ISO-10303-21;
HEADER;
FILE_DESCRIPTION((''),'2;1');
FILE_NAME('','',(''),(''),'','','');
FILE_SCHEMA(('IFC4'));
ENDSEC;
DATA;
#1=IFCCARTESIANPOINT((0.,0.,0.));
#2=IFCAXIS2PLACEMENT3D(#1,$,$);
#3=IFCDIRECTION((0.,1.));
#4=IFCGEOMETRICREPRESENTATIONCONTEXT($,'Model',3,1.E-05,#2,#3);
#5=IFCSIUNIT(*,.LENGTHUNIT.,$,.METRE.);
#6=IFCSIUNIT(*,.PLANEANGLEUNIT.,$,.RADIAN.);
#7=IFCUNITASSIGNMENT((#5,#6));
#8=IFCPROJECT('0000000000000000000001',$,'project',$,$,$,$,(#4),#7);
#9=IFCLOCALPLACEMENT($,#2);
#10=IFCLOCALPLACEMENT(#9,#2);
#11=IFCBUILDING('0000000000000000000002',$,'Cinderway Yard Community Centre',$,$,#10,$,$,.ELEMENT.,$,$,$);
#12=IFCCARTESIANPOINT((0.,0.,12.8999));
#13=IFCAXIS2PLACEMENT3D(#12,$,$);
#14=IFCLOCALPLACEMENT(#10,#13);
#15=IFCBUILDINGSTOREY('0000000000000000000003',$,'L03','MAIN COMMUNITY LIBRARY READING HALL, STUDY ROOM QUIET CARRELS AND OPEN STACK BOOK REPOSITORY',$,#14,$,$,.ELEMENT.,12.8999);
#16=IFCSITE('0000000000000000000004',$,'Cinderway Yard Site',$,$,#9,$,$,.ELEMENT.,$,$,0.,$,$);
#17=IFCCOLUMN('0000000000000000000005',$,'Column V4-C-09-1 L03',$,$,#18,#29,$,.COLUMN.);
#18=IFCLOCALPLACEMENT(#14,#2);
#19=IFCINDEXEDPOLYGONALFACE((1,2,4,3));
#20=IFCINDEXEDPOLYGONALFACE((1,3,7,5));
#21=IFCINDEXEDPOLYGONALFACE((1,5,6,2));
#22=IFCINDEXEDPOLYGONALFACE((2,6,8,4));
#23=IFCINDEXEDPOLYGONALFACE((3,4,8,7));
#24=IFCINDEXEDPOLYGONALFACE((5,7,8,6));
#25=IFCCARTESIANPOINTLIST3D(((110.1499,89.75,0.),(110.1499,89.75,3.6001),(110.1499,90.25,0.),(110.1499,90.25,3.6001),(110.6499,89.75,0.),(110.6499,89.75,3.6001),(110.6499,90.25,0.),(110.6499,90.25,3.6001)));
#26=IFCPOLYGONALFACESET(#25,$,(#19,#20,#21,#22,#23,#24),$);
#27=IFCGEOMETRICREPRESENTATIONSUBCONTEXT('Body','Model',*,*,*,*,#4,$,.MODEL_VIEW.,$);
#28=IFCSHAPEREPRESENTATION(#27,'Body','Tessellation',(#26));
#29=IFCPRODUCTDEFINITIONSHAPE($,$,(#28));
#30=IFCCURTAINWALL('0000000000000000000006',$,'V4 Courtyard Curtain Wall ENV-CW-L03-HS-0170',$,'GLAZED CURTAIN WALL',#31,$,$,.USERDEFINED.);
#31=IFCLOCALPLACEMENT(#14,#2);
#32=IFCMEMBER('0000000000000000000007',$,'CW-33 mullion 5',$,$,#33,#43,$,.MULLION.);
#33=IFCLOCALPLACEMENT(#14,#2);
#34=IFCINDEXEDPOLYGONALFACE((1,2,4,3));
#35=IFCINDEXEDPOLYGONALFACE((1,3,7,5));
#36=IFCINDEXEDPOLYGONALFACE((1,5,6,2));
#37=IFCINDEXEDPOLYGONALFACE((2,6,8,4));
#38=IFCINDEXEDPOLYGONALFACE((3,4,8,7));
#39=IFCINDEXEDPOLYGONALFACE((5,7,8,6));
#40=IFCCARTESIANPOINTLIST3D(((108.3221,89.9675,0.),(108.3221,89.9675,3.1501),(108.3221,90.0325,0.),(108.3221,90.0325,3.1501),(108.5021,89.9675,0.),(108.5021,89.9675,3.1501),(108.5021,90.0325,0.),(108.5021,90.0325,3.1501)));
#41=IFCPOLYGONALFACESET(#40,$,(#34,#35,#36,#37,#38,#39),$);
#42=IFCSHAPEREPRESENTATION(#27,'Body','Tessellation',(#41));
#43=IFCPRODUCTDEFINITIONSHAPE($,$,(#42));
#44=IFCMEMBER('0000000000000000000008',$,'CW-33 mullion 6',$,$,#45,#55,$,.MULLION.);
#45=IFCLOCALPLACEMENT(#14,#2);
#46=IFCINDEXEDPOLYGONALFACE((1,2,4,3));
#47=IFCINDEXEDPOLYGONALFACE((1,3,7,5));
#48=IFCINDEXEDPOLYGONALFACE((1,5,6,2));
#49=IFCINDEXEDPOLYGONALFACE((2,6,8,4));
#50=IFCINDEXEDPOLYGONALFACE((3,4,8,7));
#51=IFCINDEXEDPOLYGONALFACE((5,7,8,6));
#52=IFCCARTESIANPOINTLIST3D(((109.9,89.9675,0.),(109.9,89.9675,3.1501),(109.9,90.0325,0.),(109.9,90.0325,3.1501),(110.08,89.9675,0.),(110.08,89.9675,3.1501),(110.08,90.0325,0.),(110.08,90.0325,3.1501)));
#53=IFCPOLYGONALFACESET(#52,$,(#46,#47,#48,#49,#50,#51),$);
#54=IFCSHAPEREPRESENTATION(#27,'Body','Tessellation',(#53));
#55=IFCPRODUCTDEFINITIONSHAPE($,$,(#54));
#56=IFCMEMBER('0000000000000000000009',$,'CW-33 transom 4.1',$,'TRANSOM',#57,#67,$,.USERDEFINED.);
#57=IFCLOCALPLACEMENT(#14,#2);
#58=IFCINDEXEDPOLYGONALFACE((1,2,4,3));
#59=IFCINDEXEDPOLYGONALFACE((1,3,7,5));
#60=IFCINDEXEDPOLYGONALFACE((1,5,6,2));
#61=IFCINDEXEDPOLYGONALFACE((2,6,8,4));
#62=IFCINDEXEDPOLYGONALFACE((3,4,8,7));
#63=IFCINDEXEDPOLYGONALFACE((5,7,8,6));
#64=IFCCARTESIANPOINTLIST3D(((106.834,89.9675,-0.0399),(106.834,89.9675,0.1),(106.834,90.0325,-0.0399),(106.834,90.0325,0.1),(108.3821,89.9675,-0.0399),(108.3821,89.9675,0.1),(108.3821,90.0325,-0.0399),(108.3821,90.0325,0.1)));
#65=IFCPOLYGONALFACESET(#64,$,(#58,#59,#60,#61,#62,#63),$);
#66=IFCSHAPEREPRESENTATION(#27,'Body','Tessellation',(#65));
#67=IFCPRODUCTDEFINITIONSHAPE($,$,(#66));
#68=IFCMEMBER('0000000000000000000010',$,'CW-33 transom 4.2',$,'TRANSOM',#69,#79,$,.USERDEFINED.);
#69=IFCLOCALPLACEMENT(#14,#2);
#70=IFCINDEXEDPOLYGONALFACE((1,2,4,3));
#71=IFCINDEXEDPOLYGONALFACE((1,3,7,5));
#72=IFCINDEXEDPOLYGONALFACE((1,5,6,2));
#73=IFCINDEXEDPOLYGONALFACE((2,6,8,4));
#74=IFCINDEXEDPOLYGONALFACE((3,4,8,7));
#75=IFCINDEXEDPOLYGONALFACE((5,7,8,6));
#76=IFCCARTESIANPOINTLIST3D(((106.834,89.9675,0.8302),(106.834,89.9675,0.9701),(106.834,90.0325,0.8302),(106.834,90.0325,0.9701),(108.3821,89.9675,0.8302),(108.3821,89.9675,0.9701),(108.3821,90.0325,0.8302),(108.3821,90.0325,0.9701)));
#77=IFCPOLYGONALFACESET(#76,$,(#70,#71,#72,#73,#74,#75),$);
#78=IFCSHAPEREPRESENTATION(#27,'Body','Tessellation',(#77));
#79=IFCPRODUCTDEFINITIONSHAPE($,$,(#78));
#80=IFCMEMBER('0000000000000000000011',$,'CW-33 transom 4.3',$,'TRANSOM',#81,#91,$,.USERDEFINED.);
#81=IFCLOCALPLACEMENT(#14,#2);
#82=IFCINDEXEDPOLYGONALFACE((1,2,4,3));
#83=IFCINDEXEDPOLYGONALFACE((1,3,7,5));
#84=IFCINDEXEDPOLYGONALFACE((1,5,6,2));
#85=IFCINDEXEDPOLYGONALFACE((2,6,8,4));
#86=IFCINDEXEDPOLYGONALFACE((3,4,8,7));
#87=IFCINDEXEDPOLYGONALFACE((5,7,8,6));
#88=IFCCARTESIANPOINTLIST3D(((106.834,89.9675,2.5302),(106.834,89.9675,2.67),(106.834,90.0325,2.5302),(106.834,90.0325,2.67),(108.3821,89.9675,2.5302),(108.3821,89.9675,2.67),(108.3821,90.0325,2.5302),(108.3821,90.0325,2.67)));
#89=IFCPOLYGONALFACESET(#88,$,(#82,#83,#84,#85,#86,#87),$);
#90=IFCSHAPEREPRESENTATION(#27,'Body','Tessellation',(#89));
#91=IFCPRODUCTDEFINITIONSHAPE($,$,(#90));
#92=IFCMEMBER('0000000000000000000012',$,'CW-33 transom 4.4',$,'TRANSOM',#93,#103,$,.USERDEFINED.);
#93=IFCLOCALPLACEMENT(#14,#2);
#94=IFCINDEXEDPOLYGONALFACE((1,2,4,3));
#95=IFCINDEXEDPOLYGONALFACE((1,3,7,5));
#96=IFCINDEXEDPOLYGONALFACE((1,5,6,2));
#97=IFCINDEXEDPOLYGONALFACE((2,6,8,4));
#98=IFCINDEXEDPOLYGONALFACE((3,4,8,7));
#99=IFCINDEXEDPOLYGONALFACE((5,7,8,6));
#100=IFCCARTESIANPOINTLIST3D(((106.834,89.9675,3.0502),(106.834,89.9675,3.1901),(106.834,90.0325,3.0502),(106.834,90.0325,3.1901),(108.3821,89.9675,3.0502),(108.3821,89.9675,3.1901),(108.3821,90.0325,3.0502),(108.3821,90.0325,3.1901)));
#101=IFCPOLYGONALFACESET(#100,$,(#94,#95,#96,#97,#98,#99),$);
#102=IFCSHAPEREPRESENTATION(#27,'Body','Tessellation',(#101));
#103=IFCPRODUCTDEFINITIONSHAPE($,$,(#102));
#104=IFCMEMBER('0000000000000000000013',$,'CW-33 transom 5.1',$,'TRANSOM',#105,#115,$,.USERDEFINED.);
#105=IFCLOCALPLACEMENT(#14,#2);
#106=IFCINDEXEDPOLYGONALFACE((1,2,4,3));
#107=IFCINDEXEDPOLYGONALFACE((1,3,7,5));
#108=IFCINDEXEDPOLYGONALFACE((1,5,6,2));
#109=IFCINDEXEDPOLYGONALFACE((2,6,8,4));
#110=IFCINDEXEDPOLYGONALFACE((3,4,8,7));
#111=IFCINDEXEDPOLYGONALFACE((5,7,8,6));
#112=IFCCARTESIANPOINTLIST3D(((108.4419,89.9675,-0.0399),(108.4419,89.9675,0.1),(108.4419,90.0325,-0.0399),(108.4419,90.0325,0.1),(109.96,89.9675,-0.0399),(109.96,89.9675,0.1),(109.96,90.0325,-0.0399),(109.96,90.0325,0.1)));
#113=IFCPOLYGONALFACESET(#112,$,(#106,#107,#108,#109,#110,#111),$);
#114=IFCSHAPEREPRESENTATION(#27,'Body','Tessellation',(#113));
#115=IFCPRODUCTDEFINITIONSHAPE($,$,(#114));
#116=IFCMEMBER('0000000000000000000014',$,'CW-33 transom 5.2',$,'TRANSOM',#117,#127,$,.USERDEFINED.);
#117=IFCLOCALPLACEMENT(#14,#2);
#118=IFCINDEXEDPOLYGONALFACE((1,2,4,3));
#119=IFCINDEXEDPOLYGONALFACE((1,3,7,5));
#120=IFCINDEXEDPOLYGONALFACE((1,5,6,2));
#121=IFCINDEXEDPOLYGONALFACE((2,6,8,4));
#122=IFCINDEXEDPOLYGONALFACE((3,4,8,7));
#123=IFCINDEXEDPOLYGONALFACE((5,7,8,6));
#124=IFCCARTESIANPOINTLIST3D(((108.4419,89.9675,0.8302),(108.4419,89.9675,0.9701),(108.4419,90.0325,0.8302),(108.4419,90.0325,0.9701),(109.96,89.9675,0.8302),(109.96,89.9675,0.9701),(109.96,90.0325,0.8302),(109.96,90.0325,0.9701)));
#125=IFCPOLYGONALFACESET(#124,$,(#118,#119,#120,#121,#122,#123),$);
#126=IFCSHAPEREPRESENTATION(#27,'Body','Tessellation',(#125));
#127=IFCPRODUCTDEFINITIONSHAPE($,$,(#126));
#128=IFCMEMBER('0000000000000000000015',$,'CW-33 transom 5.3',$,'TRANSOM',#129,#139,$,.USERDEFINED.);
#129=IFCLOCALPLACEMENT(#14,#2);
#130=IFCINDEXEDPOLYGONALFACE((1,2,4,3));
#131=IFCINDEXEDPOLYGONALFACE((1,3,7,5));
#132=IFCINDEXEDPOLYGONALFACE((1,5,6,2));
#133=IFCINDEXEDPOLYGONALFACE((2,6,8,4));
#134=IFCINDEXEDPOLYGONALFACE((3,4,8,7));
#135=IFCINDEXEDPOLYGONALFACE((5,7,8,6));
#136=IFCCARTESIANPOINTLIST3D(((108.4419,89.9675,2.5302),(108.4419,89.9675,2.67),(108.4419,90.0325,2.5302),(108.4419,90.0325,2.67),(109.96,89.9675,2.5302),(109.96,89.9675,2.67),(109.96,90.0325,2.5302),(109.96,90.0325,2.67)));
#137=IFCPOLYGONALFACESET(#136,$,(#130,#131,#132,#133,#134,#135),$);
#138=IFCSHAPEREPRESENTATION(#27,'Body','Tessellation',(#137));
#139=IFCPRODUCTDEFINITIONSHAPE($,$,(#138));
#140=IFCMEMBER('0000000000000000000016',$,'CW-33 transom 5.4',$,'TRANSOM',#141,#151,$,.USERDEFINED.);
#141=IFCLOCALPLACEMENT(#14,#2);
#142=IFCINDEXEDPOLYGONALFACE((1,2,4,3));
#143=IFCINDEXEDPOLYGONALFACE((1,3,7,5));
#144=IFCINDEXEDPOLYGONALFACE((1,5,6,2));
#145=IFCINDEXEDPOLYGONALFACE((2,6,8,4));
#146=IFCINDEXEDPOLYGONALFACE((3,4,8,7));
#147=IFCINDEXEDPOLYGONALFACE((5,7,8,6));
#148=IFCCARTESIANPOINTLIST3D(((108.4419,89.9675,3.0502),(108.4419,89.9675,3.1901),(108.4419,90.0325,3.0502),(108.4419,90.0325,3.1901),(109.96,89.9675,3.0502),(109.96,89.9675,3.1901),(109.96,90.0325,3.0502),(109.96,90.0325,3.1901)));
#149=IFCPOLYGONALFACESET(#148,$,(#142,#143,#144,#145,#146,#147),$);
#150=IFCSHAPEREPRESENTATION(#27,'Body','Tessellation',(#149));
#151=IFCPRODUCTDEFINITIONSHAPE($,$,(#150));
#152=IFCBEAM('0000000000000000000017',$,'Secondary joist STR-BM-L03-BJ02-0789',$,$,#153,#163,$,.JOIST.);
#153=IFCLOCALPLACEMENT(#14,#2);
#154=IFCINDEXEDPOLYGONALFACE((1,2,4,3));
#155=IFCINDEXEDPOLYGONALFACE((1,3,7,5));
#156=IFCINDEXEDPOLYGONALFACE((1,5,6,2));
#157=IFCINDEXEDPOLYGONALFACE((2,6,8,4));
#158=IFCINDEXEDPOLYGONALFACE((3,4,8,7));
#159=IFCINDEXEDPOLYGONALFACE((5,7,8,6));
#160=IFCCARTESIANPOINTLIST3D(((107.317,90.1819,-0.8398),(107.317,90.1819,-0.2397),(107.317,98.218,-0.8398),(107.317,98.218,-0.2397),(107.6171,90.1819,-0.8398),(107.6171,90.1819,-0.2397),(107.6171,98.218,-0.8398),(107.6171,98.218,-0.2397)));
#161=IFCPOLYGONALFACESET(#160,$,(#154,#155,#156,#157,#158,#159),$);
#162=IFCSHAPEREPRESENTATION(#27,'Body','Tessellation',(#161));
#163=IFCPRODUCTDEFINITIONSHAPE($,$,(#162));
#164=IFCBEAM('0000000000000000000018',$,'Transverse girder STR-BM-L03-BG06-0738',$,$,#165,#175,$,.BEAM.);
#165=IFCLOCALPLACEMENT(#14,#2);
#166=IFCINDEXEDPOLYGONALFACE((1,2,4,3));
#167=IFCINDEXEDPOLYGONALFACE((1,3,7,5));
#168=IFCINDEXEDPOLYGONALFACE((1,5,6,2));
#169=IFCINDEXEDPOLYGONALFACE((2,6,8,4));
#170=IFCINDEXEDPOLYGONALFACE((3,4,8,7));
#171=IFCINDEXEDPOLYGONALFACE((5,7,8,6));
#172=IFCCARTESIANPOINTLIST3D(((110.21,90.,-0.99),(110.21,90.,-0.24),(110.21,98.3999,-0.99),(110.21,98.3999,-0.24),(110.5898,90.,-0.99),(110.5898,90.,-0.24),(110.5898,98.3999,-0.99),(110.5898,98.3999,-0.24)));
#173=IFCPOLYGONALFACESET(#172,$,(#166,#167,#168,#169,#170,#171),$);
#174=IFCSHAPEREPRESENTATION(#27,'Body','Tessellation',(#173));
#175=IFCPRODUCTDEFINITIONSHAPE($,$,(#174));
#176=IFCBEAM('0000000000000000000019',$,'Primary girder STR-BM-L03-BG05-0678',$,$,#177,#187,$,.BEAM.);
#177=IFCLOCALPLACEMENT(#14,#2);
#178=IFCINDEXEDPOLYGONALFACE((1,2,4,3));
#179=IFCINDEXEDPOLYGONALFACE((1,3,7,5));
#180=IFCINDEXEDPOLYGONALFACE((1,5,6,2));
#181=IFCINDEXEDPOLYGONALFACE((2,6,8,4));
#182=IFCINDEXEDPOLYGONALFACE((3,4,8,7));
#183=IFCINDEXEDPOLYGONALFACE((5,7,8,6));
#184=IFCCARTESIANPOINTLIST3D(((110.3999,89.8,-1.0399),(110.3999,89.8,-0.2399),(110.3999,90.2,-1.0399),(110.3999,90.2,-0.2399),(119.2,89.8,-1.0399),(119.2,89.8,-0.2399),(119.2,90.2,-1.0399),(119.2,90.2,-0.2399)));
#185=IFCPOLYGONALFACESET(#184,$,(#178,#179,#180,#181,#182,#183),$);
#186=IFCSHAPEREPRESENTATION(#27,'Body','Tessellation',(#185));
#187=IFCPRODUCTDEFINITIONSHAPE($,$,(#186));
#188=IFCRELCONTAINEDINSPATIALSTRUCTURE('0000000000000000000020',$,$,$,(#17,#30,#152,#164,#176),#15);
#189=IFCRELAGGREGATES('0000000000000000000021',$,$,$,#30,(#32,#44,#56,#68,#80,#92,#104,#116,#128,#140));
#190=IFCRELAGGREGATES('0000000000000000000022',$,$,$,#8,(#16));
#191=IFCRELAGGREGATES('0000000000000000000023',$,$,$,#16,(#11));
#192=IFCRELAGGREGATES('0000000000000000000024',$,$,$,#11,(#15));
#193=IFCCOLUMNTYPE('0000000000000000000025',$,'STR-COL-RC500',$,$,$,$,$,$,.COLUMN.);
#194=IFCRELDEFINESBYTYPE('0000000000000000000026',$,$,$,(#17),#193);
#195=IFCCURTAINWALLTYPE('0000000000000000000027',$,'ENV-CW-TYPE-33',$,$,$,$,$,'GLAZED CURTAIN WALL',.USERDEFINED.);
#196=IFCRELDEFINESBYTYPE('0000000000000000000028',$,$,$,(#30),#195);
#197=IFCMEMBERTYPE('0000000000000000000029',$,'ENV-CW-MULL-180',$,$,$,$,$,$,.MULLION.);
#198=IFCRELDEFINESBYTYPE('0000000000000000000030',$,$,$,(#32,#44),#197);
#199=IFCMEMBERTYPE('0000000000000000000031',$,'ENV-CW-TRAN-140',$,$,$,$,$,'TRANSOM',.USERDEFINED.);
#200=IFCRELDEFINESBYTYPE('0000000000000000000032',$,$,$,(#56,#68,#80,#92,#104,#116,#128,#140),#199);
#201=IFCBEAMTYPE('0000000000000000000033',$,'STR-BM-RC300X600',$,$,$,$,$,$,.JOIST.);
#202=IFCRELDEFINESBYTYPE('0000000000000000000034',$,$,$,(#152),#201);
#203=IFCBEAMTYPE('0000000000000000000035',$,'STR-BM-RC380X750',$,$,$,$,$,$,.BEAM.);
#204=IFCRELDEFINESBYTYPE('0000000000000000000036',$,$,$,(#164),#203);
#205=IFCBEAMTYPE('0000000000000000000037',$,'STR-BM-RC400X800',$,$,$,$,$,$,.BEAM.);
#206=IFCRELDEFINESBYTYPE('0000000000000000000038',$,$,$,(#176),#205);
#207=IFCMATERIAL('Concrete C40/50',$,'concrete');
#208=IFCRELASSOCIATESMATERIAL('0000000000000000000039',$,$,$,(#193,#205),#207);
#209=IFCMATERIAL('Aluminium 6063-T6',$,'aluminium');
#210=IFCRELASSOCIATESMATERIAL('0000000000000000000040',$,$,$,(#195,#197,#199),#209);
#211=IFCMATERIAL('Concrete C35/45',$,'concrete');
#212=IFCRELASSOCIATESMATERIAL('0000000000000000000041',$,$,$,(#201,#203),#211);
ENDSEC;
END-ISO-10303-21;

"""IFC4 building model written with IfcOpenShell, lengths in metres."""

from ifc_helpers import new_model, si_unit, direction, frame, origin, origin_2d, place, context, subcontext, project, spatial, rectangle, extrude, material, material_profile, profile_set, type_object, element, aggregate, save


model = new_model("IFC4")

# Units and contexts
model_context = context("Model", 3, precision=1e-05, world=origin(), true_north=direction((0.0, 1.0)))
body_context = subcontext(model_context, "Body", "Model", "MODEL_VIEW")
ifc_project = project(units=[si_unit("LENGTHUNIT", "METRE"), si_unit("PLANEANGLEUNIT", "RADIAN")], contexts=[model_context])

# Site, building, storey
site_placement = place(None, origin())
site = spatial("IfcSite", under=ifc_project, at=site_placement, Name="Cinderway Yard Site", CompositionType="ELEMENT", RefElevation=0.0)
building_placement = place(site_placement, origin())
building = spatial("IfcBuilding", under=site, at=building_placement, Name="Cinderway Yard Community Centre", CompositionType="ELEMENT")
storey_placement = place(building_placement, frame((0.0, 0.0, 12.8999)))
storey = spatial("IfcBuildingStorey", under=building, at=storey_placement, Name="L03", Description="MAIN COMMUNITY LIBRARY READING HALL, STUDY ROOM QUIET CARRELS AND OPEN STACK BOOK REPOSITORY", CompositionType="ELEMENT", Elevation=12.8999)

# Column
ifc_material_1 = material(Name="Concrete C40/50", Category="concrete")
ifc_material_profile_1 = material_profile(ifc_material_1, rectangle(XDim=0.5, YDim=0.5, at=origin_2d()), Name="Concrete C40/50")
ifc_profile_set_1 = profile_set([ifc_material_profile_1], Name="Concrete C40/50")
column_type = type_object("IfcColumnType", Name="STR-COL-RC500", PredefinedType="COLUMN", material=ifc_profile_set_1)
column_placement = place(storey_placement, frame((110.3999, 90.0, 0.0), z_axis=(0.0, 0.0, 1.0), x_axis=(1.0, 0.0, 0.0)))
element("IfcColumn", 1, at=column_placement, inside=storey, type_object=column_type, Name="Column V4-C-09-1 L03", PredefinedType="COLUMN", context=body_context, shape_type="SweptSolid", body=[
    extrude(rectangle(XDim=0.5, YDim=0.5, at=origin_2d()), origin(), (0.0, 0.0, 1.0), 3.6001),
])

# Curtain wall, members
ifc_material_2 = material(Name="Aluminium 6063-T6", Category="aluminium")
curtain_wall_type = type_object("IfcCurtainWallType", Name="ENV-CW-TYPE-33", ElementType="GLAZED CURTAIN WALL", PredefinedType="USERDEFINED", material=ifc_material_2)
curtain_wall_placement = place(storey_placement, origin())
curtain_wall = element("IfcCurtainWall", 2, at=curtain_wall_placement, inside=storey, type_object=curtain_wall_type, Name="V4 Courtyard Curtain Wall ENV-CW-L03-HS-0170", ObjectType="GLAZED CURTAIN WALL", PredefinedType="USERDEFINED")
ifc_material_profile_2 = material_profile(ifc_material_2, rectangle(XDim=0.0649, YDim=0.1799, at=origin_2d()), Name="Aluminium 6063-T6")
ifc_profile_set_2 = profile_set([ifc_material_profile_2], Name="Aluminium 6063-T6")
member_type_1 = type_object("IfcMemberType", Name="ENV-CW-MULL-180", PredefinedType="MULLION", material=ifc_profile_set_2)
member_1_placement = place(storey_placement, frame((108.4121, 90.0, 0.0), z_axis=(0.0, 0.0, 1.0), x_axis=(0.0, 1.0, 0.0)))
member_1 = element("IfcMember", 3, at=member_1_placement, type_object=member_type_1, Name="CW-33 mullion 5", PredefinedType="MULLION", context=body_context, shape_type="SweptSolid", body=[
    extrude(rectangle(XDim=0.0649, YDim=0.1799, at=origin_2d()), origin(), (0.0, 0.0, 1.0), 3.1501),
])
member_2_placement = place(storey_placement, frame((109.99, 90.0, 0.0), z_axis=(0.0, 0.0, 1.0), x_axis=(0.0, 1.0, 0.0)))
member_2 = element("IfcMember", 4, at=member_2_placement, type_object=member_type_1, Name="CW-33 mullion 6", PredefinedType="MULLION", context=body_context, shape_type="SweptSolid", body=[
    extrude(rectangle(XDim=0.0649, YDim=0.1799, at=origin_2d()), origin(), (0.0, 0.0, 1.0), 3.1501),
])
ifc_material_profile_3 = material_profile(ifc_material_2, rectangle(XDim=0.0649, YDim=0.1399, at=origin_2d()), Name="Aluminium 6063-T6")
ifc_profile_set_3 = profile_set([ifc_material_profile_3], Name="Aluminium 6063-T6")
member_type_2 = type_object("IfcMemberType", Name="ENV-CW-TRAN-140", ElementType="TRANSOM", PredefinedType="USERDEFINED", material=ifc_profile_set_3)
member_3_placement = place(storey_placement, frame((106.834, 90.0, 0.03), z_axis=(1.0, 0.0, 0.0), x_axis=(0.0, 1.0, 0.0)))
member_3 = element("IfcMember", 5, at=member_3_placement, type_object=member_type_2, Name="CW-33 transom 4.1", ObjectType="TRANSOM", PredefinedType="USERDEFINED", context=body_context, shape_type="SweptSolid", body=[
    extrude(rectangle(XDim=0.0649, YDim=0.1399, at=origin_2d()), origin(), (0.0, 0.0, 1.0), 1.5481),
])
member_4_placement = place(storey_placement, frame((106.834, 90.0, 0.9001), z_axis=(1.0, 0.0, 0.0), x_axis=(0.0, 1.0, 0.0)))
member_4 = element("IfcMember", 6, at=member_4_placement, type_object=member_type_2, Name="CW-33 transom 4.2", ObjectType="TRANSOM", PredefinedType="USERDEFINED", context=body_context, shape_type="SweptSolid", body=[
    extrude(rectangle(XDim=0.0649, YDim=0.1399, at=origin_2d()), origin(), (0.0, 0.0, 1.0), 1.5481),
])
member_5_placement = place(storey_placement, frame((106.834, 90.0, 2.6001), z_axis=(1.0, 0.0, 0.0), x_axis=(0.0, 1.0, 0.0)))
member_5 = element("IfcMember", 7, at=member_5_placement, type_object=member_type_2, Name="CW-33 transom 4.3", ObjectType="TRANSOM", PredefinedType="USERDEFINED", context=body_context, shape_type="SweptSolid", body=[
    extrude(rectangle(XDim=0.0649, YDim=0.1399, at=origin_2d()), origin(), (0.0, 0.0, 1.0), 1.5481),
])
member_6_placement = place(storey_placement, frame((106.834, 90.0, 3.1201), z_axis=(1.0, 0.0, 0.0), x_axis=(0.0, 1.0, 0.0)))
member_6 = element("IfcMember", 8, at=member_6_placement, type_object=member_type_2, Name="CW-33 transom 4.4", ObjectType="TRANSOM", PredefinedType="USERDEFINED", context=body_context, shape_type="SweptSolid", body=[
    extrude(rectangle(XDim=0.0649, YDim=0.1399, at=origin_2d()), origin(), (0.0, 0.0, 1.0), 1.5481),
])
member_7_placement = place(storey_placement, frame((108.4419, 90.0, 0.03), z_axis=(1.0, 0.0, 0.0), x_axis=(0.0, 1.0, 0.0)))
member_7 = element("IfcMember", 9, at=member_7_placement, type_object=member_type_2, Name="CW-33 transom 5.1", ObjectType="TRANSOM", PredefinedType="USERDEFINED", context=body_context, shape_type="SweptSolid", body=[
    extrude(rectangle(XDim=0.0649, YDim=0.1399, at=origin_2d()), origin(), (0.0, 0.0, 1.0), 1.5181),
])
member_8_placement = place(storey_placement, frame((108.4419, 90.0, 0.9001), z_axis=(1.0, 0.0, 0.0), x_axis=(0.0, 1.0, 0.0)))
member_8 = element("IfcMember", 10, at=member_8_placement, type_object=member_type_2, Name="CW-33 transom 5.2", ObjectType="TRANSOM", PredefinedType="USERDEFINED", context=body_context, shape_type="SweptSolid", body=[
    extrude(rectangle(XDim=0.0649, YDim=0.1399, at=origin_2d()), origin(), (0.0, 0.0, 1.0), 1.5181),
])
member_9_placement = place(storey_placement, frame((108.4419, 90.0, 2.6001), z_axis=(1.0, 0.0, 0.0), x_axis=(0.0, 1.0, 0.0)))
member_9 = element("IfcMember", 11, at=member_9_placement, type_object=member_type_2, Name="CW-33 transom 5.3", ObjectType="TRANSOM", PredefinedType="USERDEFINED", context=body_context, shape_type="SweptSolid", body=[
    extrude(rectangle(XDim=0.0649, YDim=0.1399, at=origin_2d()), origin(), (0.0, 0.0, 1.0), 1.5181),
])
member_10_placement = place(storey_placement, frame((108.4419, 90.0, 3.1201), z_axis=(1.0, 0.0, 0.0), x_axis=(0.0, 1.0, 0.0)))
member_10 = element("IfcMember", 12, at=member_10_placement, type_object=member_type_2, Name="CW-33 transom 5.4", ObjectType="TRANSOM", PredefinedType="USERDEFINED", context=body_context, shape_type="SweptSolid", body=[
    extrude(rectangle(XDim=0.0649, YDim=0.1399, at=origin_2d()), origin(), (0.0, 0.0, 1.0), 1.5181),
])

# Beams
ifc_material_3 = material(Name="Concrete C35/45", Category="concrete")
ifc_material_profile_4 = material_profile(ifc_material_3, rectangle(XDim=0.3, YDim=0.6001, at=origin_2d()), Name="Concrete C35/45")
ifc_profile_set_4 = profile_set([ifc_material_profile_4], Name="Concrete C35/45")
beam_type_1 = type_object("IfcBeamType", Name="STR-BM-RC300X600", PredefinedType="JOIST", material=ifc_profile_set_4)
beam_1_placement = place(storey_placement, frame((107.467, 90.1819, -0.5398), z_axis=(0.0, 1.0, 0.0), x_axis=(-1.0, 0.0, 0.0)))
element("IfcBeam", 13, at=beam_1_placement, inside=storey, type_object=beam_type_1, Name="Secondary joist STR-BM-L03-BJ02-0789", PredefinedType="JOIST", context=body_context, shape_type="SweptSolid", body=[
    extrude(rectangle(XDim=0.3, YDim=0.6001, at=origin_2d()), origin(), (0.0, 0.0, 1.0), 8.0361),
])
ifc_material_profile_5 = material_profile(ifc_material_3, rectangle(XDim=0.3799, YDim=0.75, at=origin_2d()), Name="Concrete C35/45")
ifc_profile_set_5 = profile_set([ifc_material_profile_5], Name="Concrete C35/45")
beam_type_2 = type_object("IfcBeamType", Name="STR-BM-RC380X750", PredefinedType="BEAM", material=ifc_profile_set_5)
beam_2_placement = place(storey_placement, frame((110.3999, 90.0, -0.615), z_axis=(0.0, 1.0, 0.0), x_axis=(-1.0, 0.0, 0.0)))
element("IfcBeam", 14, at=beam_2_placement, inside=storey, type_object=beam_type_2, Name="Transverse girder STR-BM-L03-BG06-0738", PredefinedType="BEAM", context=body_context, shape_type="SweptSolid", body=[
    extrude(rectangle(XDim=0.3799, YDim=0.75, at=origin_2d()), origin(), (0.0, 0.0, 1.0), 8.3999),
])
ifc_material_profile_6 = material_profile(ifc_material_1, rectangle(XDim=0.3999, YDim=0.8, at=origin_2d()), Name="Concrete C40/50")
ifc_profile_set_6 = profile_set([ifc_material_profile_6], Name="Concrete C40/50")
beam_type_3 = type_object("IfcBeamType", Name="STR-BM-RC400X800", PredefinedType="BEAM", material=ifc_profile_set_6)
beam_3_placement = place(storey_placement, frame((110.3999, 90.0, -0.6399), z_axis=(1.0, 0.0, 0.0), x_axis=(0.0, 1.0, 0.0)))
element("IfcBeam", 15, at=beam_3_placement, inside=storey, type_object=beam_type_3, Name="Primary girder STR-BM-L03-BG05-0678", PredefinedType="BEAM", context=body_context, shape_type="SweptSolid", body=[
    extrude(rectangle(XDim=0.3999, YDim=0.8, at=origin_2d()), origin(), (0.0, 0.0, 1.0), 8.8),
])

aggregate(curtain_wall, [member_1, member_2, member_3, member_4, member_5, member_6, member_7, member_8, member_9, member_10])

save(model, "model.ifc")
